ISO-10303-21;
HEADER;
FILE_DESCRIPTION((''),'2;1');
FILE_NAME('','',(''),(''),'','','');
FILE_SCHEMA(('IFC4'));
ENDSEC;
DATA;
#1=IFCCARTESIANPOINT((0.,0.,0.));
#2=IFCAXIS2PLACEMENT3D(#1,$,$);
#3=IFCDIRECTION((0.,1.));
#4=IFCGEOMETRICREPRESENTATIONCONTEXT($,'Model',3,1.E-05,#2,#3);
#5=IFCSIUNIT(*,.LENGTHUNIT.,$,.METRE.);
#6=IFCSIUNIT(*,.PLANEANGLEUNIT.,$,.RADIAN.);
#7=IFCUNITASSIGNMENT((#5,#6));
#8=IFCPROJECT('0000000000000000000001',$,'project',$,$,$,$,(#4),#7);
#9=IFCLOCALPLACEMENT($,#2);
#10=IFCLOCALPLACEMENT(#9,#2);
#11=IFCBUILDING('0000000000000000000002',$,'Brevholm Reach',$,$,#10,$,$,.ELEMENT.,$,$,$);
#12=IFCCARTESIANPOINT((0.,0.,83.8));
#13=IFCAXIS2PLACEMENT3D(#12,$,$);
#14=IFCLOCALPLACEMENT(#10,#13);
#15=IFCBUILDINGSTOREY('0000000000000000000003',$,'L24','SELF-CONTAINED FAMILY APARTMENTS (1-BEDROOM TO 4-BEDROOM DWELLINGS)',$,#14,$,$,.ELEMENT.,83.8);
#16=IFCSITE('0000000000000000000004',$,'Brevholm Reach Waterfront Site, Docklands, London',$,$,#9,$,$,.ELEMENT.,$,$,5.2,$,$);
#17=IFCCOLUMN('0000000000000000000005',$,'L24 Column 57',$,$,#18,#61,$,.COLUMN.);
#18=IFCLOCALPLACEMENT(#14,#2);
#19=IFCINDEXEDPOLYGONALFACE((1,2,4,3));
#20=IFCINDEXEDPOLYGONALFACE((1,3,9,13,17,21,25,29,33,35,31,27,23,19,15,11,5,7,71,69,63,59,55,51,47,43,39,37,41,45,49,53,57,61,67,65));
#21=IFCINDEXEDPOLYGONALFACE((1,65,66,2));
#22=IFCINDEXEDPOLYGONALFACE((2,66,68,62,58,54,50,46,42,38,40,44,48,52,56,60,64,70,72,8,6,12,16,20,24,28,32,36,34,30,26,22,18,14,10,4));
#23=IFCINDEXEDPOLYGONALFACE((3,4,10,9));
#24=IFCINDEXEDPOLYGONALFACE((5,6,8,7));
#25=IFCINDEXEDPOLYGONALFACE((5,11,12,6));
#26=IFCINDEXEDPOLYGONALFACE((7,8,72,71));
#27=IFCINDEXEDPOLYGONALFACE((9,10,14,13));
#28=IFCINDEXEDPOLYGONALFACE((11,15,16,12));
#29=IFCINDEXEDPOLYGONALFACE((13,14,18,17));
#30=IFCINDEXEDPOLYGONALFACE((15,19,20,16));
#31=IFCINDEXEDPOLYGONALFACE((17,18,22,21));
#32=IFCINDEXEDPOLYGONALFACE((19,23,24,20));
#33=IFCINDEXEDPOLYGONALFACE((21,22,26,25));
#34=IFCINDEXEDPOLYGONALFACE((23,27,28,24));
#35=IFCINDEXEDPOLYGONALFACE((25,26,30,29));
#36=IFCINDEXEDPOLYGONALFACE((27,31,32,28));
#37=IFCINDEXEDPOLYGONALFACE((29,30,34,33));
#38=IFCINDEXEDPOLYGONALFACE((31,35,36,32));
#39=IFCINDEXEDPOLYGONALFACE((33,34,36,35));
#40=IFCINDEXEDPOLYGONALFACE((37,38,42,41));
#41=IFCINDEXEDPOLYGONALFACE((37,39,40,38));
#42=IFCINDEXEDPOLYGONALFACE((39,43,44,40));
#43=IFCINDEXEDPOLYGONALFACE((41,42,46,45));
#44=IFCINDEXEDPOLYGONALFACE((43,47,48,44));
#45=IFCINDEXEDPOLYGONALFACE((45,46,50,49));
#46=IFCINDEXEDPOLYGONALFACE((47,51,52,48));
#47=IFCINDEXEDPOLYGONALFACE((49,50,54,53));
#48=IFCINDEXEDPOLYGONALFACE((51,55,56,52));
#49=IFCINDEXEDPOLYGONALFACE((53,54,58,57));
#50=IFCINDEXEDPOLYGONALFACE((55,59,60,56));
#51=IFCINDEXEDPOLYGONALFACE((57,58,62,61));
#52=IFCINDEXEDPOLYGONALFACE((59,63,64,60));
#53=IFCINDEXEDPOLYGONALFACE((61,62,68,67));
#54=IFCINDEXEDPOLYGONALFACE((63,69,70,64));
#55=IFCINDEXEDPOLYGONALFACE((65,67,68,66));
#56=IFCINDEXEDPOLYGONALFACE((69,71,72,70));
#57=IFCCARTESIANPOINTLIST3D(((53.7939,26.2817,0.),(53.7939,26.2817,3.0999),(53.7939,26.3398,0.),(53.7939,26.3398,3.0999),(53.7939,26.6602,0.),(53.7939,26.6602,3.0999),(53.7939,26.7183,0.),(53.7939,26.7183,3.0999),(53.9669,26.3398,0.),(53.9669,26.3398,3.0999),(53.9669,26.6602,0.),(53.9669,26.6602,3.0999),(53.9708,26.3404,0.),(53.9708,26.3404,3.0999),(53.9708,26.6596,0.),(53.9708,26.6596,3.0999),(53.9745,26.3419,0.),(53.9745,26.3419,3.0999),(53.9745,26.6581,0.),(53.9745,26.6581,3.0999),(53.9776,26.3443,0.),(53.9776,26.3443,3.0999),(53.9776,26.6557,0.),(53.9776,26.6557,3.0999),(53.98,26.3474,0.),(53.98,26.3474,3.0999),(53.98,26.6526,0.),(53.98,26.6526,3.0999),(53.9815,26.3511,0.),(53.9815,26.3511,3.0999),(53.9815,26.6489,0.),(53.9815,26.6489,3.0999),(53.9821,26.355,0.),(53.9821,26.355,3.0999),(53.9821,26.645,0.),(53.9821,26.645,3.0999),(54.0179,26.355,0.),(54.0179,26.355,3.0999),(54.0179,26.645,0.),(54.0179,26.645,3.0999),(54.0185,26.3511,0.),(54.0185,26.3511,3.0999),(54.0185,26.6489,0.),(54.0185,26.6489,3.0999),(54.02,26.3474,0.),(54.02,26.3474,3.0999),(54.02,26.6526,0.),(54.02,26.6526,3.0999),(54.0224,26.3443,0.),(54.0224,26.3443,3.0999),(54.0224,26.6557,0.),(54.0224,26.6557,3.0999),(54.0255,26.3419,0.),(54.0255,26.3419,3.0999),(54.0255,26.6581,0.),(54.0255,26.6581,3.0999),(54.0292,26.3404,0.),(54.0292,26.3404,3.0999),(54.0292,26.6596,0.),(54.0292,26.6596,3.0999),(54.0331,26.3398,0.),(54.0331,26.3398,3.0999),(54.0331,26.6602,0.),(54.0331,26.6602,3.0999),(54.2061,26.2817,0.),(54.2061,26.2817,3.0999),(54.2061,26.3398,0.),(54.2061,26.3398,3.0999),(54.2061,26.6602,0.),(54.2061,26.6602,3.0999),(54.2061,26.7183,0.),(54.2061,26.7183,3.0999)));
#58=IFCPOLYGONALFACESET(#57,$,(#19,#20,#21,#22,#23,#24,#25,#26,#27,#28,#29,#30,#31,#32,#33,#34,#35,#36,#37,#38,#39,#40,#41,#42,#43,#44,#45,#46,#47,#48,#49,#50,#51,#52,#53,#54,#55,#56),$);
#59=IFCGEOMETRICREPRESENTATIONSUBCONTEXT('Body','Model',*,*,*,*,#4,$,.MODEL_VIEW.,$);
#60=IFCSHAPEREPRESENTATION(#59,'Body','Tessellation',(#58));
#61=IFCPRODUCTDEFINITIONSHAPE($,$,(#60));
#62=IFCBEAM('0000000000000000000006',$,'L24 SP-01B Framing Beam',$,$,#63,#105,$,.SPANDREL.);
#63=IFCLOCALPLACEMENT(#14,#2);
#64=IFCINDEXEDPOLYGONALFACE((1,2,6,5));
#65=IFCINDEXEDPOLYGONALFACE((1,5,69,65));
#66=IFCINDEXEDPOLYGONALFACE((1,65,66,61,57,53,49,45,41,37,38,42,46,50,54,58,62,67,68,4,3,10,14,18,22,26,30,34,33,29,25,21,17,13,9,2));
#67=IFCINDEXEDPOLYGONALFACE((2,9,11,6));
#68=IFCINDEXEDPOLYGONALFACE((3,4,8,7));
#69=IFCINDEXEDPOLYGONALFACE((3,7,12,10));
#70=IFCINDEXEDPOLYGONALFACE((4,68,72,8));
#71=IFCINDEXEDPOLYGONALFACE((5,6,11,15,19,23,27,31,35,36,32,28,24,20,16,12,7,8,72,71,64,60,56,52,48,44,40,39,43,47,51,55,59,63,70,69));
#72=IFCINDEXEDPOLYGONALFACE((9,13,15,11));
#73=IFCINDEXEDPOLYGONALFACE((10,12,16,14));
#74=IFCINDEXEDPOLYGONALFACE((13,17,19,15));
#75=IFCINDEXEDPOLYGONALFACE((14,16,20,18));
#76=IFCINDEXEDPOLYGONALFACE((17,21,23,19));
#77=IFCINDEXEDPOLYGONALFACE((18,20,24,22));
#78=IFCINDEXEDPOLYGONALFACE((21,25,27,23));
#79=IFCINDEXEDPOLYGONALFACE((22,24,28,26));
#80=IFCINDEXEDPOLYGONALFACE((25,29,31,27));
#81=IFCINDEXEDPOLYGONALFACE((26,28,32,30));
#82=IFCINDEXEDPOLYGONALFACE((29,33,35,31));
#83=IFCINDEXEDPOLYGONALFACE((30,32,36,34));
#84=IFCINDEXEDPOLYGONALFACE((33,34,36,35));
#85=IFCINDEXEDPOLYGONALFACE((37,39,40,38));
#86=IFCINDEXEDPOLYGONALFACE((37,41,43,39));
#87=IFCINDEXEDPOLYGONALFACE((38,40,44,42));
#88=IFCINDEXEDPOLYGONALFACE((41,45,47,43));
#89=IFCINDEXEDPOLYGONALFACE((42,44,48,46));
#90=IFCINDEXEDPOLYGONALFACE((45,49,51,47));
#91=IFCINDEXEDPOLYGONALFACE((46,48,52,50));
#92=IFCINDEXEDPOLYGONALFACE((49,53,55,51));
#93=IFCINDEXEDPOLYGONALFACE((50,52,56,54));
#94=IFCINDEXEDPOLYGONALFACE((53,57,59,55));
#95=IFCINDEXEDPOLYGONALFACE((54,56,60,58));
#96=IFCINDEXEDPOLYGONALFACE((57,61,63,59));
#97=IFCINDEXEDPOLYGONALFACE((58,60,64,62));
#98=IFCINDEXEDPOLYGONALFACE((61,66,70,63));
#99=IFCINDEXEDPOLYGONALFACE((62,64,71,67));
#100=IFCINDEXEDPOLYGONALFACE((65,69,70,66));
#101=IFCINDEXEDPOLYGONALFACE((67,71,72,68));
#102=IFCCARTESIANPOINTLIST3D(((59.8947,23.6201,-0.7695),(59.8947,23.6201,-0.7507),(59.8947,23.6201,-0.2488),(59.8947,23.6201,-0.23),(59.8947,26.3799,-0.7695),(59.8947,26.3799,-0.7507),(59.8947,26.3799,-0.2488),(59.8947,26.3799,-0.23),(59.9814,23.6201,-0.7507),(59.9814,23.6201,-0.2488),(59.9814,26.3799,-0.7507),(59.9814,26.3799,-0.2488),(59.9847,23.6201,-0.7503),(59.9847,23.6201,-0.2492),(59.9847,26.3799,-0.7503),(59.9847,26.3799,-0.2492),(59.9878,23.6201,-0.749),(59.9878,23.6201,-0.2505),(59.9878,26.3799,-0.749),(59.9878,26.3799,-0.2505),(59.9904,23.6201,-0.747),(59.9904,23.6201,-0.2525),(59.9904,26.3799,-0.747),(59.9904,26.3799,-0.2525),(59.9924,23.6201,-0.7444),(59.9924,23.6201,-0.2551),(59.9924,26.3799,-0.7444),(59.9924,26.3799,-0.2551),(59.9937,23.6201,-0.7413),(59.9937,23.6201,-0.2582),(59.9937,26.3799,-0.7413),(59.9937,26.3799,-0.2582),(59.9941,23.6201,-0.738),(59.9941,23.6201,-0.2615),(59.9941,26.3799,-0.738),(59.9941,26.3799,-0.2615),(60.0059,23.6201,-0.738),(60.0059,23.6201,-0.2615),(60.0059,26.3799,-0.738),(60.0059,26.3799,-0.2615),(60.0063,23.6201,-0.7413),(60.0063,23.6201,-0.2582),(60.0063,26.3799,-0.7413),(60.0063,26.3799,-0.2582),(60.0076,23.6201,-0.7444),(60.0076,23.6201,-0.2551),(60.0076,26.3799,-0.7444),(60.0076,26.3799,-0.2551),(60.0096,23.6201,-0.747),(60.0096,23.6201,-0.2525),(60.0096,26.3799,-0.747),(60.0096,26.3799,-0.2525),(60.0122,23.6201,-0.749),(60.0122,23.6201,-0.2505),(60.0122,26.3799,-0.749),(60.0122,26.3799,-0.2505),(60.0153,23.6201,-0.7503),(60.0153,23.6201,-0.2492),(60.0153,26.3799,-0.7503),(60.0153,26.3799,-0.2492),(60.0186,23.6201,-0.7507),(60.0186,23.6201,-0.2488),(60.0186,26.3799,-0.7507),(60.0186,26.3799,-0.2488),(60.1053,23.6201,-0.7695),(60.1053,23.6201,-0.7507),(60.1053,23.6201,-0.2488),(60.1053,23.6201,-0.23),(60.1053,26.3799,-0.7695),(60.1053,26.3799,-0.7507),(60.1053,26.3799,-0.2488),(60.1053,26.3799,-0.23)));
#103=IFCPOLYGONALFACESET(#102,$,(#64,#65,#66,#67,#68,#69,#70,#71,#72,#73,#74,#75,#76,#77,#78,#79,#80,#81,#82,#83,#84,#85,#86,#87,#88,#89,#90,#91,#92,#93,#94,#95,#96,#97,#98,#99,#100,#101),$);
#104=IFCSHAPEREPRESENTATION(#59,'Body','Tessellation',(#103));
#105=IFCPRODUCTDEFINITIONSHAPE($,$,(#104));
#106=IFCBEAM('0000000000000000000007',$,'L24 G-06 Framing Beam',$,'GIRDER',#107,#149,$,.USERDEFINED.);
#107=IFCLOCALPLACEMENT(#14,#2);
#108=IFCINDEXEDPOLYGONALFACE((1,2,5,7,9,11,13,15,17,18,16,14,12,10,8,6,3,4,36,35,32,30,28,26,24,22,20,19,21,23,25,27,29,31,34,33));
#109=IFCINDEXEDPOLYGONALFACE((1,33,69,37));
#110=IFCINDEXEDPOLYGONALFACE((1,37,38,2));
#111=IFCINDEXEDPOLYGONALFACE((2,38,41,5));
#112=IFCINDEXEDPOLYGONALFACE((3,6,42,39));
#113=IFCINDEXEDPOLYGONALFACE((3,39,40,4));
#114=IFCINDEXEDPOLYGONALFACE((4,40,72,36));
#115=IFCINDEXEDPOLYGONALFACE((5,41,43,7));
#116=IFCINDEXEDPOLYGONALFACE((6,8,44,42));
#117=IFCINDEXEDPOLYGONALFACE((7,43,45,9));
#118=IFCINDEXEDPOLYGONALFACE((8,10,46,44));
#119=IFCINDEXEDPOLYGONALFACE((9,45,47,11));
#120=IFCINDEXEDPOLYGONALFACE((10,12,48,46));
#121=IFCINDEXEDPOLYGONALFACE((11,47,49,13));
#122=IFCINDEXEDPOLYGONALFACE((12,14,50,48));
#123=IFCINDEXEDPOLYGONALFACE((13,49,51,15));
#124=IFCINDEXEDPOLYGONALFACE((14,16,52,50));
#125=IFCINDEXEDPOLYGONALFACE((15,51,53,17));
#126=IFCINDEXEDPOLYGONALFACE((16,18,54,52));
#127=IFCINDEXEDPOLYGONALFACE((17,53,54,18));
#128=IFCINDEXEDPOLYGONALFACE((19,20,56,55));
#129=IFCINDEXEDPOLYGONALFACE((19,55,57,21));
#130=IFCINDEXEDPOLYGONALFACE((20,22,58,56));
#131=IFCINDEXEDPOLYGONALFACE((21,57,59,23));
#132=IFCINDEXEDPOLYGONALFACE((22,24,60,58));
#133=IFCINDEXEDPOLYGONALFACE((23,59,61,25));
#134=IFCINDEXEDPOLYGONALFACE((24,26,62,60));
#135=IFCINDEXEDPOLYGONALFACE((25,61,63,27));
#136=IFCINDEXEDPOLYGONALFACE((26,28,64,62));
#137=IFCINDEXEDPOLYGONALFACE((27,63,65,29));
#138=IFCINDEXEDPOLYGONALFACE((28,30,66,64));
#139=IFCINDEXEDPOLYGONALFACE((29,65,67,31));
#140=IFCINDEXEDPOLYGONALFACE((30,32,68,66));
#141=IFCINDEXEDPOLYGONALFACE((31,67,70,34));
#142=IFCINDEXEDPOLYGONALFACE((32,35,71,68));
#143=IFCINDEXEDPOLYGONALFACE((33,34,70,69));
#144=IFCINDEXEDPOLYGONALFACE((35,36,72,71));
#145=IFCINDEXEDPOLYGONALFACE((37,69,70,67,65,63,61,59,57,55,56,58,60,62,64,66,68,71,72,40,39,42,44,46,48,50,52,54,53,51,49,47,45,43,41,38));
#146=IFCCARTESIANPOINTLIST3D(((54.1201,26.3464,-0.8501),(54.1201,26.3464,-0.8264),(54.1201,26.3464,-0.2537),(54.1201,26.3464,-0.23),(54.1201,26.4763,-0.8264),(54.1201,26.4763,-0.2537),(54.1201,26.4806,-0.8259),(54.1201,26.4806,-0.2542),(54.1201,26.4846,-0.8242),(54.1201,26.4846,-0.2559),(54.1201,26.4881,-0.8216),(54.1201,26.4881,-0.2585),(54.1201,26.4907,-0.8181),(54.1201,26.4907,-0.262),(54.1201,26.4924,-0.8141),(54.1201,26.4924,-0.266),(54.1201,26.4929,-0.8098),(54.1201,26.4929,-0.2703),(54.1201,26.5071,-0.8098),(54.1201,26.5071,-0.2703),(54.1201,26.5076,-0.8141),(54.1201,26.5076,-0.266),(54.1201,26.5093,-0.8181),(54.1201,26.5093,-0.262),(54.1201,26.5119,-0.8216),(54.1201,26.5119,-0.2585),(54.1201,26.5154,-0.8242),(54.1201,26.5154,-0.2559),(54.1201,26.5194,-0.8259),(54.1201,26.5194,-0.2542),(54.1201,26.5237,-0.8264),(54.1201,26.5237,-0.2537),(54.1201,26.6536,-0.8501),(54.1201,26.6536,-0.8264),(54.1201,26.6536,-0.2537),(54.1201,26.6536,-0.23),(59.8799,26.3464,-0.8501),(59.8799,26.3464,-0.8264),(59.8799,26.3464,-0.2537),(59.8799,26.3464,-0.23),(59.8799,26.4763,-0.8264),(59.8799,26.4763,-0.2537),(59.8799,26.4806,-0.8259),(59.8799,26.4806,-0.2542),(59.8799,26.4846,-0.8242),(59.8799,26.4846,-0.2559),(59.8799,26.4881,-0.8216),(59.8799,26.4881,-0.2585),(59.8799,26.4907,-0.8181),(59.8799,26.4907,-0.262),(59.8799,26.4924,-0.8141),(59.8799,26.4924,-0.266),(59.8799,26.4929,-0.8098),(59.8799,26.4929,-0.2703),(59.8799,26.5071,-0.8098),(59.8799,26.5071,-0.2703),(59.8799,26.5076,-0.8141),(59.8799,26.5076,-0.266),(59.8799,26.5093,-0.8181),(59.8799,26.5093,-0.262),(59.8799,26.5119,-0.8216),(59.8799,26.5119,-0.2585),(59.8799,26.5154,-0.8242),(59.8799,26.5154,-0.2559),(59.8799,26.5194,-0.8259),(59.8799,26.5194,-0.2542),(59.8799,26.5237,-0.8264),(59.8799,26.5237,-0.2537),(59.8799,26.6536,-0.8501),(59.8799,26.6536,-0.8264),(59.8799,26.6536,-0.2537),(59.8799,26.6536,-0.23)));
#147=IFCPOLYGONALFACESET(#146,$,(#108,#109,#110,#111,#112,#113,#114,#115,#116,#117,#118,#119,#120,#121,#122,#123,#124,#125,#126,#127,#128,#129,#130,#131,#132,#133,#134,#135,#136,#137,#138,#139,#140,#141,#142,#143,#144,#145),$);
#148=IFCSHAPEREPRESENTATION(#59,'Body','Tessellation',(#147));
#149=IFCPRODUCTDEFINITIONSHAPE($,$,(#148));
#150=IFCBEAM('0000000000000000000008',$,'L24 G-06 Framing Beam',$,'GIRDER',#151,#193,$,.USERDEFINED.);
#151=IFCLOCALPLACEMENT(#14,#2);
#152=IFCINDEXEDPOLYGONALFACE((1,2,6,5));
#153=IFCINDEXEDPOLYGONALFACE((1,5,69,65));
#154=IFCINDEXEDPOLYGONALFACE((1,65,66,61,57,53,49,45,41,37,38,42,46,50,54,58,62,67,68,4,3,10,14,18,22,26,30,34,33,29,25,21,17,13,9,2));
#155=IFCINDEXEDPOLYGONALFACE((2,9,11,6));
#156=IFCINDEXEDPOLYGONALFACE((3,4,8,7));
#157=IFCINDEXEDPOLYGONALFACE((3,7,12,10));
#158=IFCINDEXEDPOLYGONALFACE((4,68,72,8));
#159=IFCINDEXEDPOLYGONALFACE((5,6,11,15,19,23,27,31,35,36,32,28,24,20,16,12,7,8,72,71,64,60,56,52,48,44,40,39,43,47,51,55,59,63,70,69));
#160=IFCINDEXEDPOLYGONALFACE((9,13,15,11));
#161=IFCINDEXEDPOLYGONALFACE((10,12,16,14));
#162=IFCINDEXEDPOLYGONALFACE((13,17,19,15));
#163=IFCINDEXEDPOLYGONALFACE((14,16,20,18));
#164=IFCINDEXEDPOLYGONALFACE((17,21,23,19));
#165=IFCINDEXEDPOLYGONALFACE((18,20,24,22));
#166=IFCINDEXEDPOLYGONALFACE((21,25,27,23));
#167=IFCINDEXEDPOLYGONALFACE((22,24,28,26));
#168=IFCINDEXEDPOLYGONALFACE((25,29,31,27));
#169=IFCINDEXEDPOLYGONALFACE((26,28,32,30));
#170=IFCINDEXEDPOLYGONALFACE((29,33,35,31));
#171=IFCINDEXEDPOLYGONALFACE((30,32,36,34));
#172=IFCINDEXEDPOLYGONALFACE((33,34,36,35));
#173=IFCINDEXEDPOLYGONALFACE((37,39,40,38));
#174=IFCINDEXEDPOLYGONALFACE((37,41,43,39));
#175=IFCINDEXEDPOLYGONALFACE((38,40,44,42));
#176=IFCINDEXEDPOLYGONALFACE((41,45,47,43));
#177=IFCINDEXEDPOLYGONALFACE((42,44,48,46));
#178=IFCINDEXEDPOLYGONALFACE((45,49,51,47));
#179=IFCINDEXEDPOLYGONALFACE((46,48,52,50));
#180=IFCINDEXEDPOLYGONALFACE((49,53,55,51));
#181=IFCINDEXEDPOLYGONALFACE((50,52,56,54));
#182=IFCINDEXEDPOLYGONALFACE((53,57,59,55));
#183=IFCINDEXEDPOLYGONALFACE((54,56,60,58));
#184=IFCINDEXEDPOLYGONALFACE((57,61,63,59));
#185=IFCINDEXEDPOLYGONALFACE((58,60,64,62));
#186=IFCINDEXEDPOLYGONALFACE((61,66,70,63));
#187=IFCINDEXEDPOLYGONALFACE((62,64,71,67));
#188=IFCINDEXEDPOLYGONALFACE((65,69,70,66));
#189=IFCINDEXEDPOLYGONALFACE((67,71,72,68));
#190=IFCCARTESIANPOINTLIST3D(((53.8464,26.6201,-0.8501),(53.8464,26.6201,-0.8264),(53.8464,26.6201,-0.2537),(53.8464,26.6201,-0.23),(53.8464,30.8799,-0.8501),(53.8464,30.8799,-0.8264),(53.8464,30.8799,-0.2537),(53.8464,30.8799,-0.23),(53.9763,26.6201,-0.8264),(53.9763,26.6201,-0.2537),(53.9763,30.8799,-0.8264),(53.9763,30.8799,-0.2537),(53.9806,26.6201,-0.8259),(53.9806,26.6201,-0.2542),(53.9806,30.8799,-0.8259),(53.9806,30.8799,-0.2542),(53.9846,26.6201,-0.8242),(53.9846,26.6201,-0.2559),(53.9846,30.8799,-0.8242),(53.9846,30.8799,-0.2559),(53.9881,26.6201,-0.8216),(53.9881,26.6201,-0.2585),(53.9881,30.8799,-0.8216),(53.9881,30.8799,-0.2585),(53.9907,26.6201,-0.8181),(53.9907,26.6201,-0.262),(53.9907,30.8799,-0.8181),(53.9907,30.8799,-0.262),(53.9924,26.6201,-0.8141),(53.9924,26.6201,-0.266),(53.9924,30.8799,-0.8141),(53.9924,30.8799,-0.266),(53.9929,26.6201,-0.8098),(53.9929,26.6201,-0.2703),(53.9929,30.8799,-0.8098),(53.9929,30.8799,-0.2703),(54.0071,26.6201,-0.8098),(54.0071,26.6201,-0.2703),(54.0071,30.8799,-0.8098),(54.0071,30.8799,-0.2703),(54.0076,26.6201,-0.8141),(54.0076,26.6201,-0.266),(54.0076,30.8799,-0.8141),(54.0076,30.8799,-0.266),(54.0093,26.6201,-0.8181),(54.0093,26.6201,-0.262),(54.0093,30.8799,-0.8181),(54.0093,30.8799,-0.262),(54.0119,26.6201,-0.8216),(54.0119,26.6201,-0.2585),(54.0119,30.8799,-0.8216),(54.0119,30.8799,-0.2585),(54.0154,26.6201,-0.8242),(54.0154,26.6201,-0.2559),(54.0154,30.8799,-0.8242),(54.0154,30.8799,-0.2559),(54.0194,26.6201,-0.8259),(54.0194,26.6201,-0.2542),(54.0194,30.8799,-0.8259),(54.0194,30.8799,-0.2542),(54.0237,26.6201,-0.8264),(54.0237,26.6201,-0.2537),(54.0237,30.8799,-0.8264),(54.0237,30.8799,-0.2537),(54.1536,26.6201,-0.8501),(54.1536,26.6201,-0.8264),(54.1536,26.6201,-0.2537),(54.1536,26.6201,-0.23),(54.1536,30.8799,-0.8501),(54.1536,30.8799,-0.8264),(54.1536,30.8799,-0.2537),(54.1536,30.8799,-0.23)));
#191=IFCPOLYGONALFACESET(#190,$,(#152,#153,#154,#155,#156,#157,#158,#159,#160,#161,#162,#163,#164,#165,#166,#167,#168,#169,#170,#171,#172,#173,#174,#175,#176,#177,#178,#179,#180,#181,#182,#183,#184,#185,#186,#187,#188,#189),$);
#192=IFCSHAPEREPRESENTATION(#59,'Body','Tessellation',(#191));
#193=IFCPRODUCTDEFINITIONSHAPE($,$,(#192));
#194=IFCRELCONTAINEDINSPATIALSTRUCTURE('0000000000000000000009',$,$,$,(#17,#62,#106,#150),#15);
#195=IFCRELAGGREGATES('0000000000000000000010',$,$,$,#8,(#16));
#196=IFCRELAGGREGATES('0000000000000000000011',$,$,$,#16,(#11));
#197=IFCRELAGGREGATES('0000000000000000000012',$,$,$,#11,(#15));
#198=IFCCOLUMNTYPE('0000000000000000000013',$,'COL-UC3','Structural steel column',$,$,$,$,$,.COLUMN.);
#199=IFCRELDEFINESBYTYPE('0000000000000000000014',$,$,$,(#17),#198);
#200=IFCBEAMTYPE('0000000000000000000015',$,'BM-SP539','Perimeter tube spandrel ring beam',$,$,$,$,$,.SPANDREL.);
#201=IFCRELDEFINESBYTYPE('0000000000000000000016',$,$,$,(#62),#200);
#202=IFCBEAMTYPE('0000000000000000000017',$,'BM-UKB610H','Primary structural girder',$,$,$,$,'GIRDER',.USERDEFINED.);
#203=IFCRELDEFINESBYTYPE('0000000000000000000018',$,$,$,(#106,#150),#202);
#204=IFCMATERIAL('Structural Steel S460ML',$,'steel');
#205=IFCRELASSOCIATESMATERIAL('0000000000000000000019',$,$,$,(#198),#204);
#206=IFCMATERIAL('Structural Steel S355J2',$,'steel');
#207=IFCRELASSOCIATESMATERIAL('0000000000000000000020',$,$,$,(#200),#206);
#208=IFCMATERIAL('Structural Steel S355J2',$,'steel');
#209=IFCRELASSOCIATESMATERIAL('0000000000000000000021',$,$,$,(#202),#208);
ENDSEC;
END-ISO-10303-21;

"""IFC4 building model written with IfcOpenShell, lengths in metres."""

from ifc_helpers import new_model, si_unit, direction, frame, origin, origin_2d, place, context, subcontext, project, spatial, i_section, extrude, material, material_profile, profile_set, type_object, element, save


model = new_model("IFC4")

# Units and contexts
model_context = context("Model", 3, precision=1e-05, world=origin(), true_north=direction((0.0, 1.0)))
body_context = subcontext(model_context, "Body", "Model", "MODEL_VIEW")
ifc_project = project(units=[si_unit("LENGTHUNIT", "METRE"), si_unit("PLANEANGLEUNIT", "RADIAN")], contexts=[model_context])

# Site, building, storey
site_placement = place(None, origin())
site = spatial("IfcSite", under=ifc_project, at=site_placement, Name="Brevholm Reach Waterfront Site, Docklands, London", CompositionType="ELEMENT", RefElevation=5.2)
building_placement = place(site_placement, origin())
building = spatial("IfcBuilding", under=site, at=building_placement, Name="Brevholm Reach", CompositionType="ELEMENT")
storey_placement = place(building_placement, frame((0.0, 0.0, 83.8)))
storey = spatial("IfcBuildingStorey", under=building, at=storey_placement, Name="L24", Description="SELF-CONTAINED FAMILY APARTMENTS (1-BEDROOM TO 4-BEDROOM DWELLINGS)", CompositionType="ELEMENT", Elevation=83.8)

# Column
ifc_material_1 = material(Name="Structural Steel S460ML", Category="steel")
ifc_material_profile_1 = material_profile(ifc_material_1, i_section(OverallWidth=0.4121, OverallDepth=0.4365, WebThickness=0.0359, FlangeThickness=0.0581, FilletRadius=0.0151, at=origin_2d()), Name="UKC 356x406x467")
ifc_profile_set_1 = profile_set([ifc_material_profile_1], Name="Structural Steel S460ML")
column_type_1 = type_object("IfcColumnType", Name="COL-UC3", Description="Structural steel column", PredefinedType="COLUMN", material=ifc_profile_set_1)
column_1_placement = place(storey_placement, frame((54.0, 26.5, 0.0), z_axis=(0.0, 0.0, 1.0), x_axis=(1.0, 0.0, 0.0)))
element("IfcColumn", 1, at=column_1_placement, inside=storey, type_object=column_type_1, Name="L24 Column 57", PredefinedType="COLUMN", context=body_context, shape_type="SweptSolid", body=[
    extrude(i_section(OverallWidth=0.4121, OverallDepth=0.4365, WebThickness=0.0359, FlangeThickness=0.0581, FilletRadius=0.0151, at=origin_2d()), origin(), (0.0, 0.0, 1.0), 3.0999),
])

# Beams
ifc_material_2 = material(Name="Structural Steel S355J2", Category="steel")
ifc_material_profile_2 = material_profile(ifc_material_2, i_section(OverallWidth=0.2107, OverallDepth=0.5396, WebThickness=0.0117, FlangeThickness=0.0188, FilletRadius=0.0127, at=origin_2d()), Name="UKB 533x210x109")
ifc_profile_set_2 = profile_set([ifc_material_profile_2], Name="Structural Steel S355J2")
beam_type_1 = type_object("IfcBeamType", Name="BM-SP539", Description="Perimeter tube spandrel ring beam", PredefinedType="SPANDREL", material=ifc_profile_set_2)
beam_1_placement = place(storey_placement, frame((60.0, 23.6201, -0.4998), z_axis=(0.0, 1.0, 0.0), x_axis=(-1.0, 0.0, 0.0)))
element("IfcBeam", 2, at=beam_1_placement, inside=storey, type_object=beam_type_1, Name="L24 SP-01B Framing Beam", PredefinedType="SPANDREL", context=body_context, shape_type="SweptSolid", body=[
    extrude(i_section(OverallWidth=0.2107, OverallDepth=0.5396, WebThickness=0.0117, FlangeThickness=0.0188, FilletRadius=0.0127, at=origin_2d()), origin(), (0.0, 0.0, 1.0), 2.7598),
])
ifc_material_3 = material(Name="Structural Steel S355J2", Category="steel")
ifc_material_profile_3 = material_profile(ifc_material_3, i_section(OverallWidth=0.3071, OverallDepth=0.6201, WebThickness=0.0142, FlangeThickness=0.0237, FilletRadius=0.0166, at=origin_2d()), Name="UKB 610x305x179")
ifc_profile_set_3 = profile_set([ifc_material_profile_3], Name="Structural Steel S355J2")
beam_type_2 = type_object("IfcBeamType", Name="BM-UKB610H", Description="Primary structural girder", ElementType="GIRDER", PredefinedType="USERDEFINED", material=ifc_profile_set_3)
beam_2_placement = place(storey_placement, frame((54.1201, 26.5, -0.54), z_axis=(1.0, 0.0, 0.0), x_axis=(0.0, 1.0, 0.0)))
element("IfcBeam", 3, at=beam_2_placement, inside=storey, type_object=beam_type_2, Name="L24 G-06 Framing Beam", ObjectType="GIRDER", PredefinedType="USERDEFINED", context=body_context, shape_type="SweptSolid", body=[
    extrude(i_section(OverallWidth=0.3071, OverallDepth=0.6201, WebThickness=0.0142, FlangeThickness=0.0237, FilletRadius=0.0166, at=origin_2d()), origin(), (0.0, 0.0, 1.0), 5.7598),
])
beam_3_placement = place(storey_placement, frame((54.0, 26.6201, -0.54), z_axis=(0.0, 1.0, 0.0), x_axis=(-1.0, 0.0, 0.0)))
element("IfcBeam", 4, at=beam_3_placement, inside=storey, type_object=beam_type_2, Name="L24 G-06 Framing Beam", ObjectType="GIRDER", PredefinedType="USERDEFINED", context=body_context, shape_type="SweptSolid", body=[
    extrude(i_section(OverallWidth=0.3071, OverallDepth=0.6201, WebThickness=0.0142, FlangeThickness=0.0237, FilletRadius=0.0166, at=origin_2d()), origin(), (0.0, 0.0, 1.0), 4.2598),
])

save(model, "model.ifc")
